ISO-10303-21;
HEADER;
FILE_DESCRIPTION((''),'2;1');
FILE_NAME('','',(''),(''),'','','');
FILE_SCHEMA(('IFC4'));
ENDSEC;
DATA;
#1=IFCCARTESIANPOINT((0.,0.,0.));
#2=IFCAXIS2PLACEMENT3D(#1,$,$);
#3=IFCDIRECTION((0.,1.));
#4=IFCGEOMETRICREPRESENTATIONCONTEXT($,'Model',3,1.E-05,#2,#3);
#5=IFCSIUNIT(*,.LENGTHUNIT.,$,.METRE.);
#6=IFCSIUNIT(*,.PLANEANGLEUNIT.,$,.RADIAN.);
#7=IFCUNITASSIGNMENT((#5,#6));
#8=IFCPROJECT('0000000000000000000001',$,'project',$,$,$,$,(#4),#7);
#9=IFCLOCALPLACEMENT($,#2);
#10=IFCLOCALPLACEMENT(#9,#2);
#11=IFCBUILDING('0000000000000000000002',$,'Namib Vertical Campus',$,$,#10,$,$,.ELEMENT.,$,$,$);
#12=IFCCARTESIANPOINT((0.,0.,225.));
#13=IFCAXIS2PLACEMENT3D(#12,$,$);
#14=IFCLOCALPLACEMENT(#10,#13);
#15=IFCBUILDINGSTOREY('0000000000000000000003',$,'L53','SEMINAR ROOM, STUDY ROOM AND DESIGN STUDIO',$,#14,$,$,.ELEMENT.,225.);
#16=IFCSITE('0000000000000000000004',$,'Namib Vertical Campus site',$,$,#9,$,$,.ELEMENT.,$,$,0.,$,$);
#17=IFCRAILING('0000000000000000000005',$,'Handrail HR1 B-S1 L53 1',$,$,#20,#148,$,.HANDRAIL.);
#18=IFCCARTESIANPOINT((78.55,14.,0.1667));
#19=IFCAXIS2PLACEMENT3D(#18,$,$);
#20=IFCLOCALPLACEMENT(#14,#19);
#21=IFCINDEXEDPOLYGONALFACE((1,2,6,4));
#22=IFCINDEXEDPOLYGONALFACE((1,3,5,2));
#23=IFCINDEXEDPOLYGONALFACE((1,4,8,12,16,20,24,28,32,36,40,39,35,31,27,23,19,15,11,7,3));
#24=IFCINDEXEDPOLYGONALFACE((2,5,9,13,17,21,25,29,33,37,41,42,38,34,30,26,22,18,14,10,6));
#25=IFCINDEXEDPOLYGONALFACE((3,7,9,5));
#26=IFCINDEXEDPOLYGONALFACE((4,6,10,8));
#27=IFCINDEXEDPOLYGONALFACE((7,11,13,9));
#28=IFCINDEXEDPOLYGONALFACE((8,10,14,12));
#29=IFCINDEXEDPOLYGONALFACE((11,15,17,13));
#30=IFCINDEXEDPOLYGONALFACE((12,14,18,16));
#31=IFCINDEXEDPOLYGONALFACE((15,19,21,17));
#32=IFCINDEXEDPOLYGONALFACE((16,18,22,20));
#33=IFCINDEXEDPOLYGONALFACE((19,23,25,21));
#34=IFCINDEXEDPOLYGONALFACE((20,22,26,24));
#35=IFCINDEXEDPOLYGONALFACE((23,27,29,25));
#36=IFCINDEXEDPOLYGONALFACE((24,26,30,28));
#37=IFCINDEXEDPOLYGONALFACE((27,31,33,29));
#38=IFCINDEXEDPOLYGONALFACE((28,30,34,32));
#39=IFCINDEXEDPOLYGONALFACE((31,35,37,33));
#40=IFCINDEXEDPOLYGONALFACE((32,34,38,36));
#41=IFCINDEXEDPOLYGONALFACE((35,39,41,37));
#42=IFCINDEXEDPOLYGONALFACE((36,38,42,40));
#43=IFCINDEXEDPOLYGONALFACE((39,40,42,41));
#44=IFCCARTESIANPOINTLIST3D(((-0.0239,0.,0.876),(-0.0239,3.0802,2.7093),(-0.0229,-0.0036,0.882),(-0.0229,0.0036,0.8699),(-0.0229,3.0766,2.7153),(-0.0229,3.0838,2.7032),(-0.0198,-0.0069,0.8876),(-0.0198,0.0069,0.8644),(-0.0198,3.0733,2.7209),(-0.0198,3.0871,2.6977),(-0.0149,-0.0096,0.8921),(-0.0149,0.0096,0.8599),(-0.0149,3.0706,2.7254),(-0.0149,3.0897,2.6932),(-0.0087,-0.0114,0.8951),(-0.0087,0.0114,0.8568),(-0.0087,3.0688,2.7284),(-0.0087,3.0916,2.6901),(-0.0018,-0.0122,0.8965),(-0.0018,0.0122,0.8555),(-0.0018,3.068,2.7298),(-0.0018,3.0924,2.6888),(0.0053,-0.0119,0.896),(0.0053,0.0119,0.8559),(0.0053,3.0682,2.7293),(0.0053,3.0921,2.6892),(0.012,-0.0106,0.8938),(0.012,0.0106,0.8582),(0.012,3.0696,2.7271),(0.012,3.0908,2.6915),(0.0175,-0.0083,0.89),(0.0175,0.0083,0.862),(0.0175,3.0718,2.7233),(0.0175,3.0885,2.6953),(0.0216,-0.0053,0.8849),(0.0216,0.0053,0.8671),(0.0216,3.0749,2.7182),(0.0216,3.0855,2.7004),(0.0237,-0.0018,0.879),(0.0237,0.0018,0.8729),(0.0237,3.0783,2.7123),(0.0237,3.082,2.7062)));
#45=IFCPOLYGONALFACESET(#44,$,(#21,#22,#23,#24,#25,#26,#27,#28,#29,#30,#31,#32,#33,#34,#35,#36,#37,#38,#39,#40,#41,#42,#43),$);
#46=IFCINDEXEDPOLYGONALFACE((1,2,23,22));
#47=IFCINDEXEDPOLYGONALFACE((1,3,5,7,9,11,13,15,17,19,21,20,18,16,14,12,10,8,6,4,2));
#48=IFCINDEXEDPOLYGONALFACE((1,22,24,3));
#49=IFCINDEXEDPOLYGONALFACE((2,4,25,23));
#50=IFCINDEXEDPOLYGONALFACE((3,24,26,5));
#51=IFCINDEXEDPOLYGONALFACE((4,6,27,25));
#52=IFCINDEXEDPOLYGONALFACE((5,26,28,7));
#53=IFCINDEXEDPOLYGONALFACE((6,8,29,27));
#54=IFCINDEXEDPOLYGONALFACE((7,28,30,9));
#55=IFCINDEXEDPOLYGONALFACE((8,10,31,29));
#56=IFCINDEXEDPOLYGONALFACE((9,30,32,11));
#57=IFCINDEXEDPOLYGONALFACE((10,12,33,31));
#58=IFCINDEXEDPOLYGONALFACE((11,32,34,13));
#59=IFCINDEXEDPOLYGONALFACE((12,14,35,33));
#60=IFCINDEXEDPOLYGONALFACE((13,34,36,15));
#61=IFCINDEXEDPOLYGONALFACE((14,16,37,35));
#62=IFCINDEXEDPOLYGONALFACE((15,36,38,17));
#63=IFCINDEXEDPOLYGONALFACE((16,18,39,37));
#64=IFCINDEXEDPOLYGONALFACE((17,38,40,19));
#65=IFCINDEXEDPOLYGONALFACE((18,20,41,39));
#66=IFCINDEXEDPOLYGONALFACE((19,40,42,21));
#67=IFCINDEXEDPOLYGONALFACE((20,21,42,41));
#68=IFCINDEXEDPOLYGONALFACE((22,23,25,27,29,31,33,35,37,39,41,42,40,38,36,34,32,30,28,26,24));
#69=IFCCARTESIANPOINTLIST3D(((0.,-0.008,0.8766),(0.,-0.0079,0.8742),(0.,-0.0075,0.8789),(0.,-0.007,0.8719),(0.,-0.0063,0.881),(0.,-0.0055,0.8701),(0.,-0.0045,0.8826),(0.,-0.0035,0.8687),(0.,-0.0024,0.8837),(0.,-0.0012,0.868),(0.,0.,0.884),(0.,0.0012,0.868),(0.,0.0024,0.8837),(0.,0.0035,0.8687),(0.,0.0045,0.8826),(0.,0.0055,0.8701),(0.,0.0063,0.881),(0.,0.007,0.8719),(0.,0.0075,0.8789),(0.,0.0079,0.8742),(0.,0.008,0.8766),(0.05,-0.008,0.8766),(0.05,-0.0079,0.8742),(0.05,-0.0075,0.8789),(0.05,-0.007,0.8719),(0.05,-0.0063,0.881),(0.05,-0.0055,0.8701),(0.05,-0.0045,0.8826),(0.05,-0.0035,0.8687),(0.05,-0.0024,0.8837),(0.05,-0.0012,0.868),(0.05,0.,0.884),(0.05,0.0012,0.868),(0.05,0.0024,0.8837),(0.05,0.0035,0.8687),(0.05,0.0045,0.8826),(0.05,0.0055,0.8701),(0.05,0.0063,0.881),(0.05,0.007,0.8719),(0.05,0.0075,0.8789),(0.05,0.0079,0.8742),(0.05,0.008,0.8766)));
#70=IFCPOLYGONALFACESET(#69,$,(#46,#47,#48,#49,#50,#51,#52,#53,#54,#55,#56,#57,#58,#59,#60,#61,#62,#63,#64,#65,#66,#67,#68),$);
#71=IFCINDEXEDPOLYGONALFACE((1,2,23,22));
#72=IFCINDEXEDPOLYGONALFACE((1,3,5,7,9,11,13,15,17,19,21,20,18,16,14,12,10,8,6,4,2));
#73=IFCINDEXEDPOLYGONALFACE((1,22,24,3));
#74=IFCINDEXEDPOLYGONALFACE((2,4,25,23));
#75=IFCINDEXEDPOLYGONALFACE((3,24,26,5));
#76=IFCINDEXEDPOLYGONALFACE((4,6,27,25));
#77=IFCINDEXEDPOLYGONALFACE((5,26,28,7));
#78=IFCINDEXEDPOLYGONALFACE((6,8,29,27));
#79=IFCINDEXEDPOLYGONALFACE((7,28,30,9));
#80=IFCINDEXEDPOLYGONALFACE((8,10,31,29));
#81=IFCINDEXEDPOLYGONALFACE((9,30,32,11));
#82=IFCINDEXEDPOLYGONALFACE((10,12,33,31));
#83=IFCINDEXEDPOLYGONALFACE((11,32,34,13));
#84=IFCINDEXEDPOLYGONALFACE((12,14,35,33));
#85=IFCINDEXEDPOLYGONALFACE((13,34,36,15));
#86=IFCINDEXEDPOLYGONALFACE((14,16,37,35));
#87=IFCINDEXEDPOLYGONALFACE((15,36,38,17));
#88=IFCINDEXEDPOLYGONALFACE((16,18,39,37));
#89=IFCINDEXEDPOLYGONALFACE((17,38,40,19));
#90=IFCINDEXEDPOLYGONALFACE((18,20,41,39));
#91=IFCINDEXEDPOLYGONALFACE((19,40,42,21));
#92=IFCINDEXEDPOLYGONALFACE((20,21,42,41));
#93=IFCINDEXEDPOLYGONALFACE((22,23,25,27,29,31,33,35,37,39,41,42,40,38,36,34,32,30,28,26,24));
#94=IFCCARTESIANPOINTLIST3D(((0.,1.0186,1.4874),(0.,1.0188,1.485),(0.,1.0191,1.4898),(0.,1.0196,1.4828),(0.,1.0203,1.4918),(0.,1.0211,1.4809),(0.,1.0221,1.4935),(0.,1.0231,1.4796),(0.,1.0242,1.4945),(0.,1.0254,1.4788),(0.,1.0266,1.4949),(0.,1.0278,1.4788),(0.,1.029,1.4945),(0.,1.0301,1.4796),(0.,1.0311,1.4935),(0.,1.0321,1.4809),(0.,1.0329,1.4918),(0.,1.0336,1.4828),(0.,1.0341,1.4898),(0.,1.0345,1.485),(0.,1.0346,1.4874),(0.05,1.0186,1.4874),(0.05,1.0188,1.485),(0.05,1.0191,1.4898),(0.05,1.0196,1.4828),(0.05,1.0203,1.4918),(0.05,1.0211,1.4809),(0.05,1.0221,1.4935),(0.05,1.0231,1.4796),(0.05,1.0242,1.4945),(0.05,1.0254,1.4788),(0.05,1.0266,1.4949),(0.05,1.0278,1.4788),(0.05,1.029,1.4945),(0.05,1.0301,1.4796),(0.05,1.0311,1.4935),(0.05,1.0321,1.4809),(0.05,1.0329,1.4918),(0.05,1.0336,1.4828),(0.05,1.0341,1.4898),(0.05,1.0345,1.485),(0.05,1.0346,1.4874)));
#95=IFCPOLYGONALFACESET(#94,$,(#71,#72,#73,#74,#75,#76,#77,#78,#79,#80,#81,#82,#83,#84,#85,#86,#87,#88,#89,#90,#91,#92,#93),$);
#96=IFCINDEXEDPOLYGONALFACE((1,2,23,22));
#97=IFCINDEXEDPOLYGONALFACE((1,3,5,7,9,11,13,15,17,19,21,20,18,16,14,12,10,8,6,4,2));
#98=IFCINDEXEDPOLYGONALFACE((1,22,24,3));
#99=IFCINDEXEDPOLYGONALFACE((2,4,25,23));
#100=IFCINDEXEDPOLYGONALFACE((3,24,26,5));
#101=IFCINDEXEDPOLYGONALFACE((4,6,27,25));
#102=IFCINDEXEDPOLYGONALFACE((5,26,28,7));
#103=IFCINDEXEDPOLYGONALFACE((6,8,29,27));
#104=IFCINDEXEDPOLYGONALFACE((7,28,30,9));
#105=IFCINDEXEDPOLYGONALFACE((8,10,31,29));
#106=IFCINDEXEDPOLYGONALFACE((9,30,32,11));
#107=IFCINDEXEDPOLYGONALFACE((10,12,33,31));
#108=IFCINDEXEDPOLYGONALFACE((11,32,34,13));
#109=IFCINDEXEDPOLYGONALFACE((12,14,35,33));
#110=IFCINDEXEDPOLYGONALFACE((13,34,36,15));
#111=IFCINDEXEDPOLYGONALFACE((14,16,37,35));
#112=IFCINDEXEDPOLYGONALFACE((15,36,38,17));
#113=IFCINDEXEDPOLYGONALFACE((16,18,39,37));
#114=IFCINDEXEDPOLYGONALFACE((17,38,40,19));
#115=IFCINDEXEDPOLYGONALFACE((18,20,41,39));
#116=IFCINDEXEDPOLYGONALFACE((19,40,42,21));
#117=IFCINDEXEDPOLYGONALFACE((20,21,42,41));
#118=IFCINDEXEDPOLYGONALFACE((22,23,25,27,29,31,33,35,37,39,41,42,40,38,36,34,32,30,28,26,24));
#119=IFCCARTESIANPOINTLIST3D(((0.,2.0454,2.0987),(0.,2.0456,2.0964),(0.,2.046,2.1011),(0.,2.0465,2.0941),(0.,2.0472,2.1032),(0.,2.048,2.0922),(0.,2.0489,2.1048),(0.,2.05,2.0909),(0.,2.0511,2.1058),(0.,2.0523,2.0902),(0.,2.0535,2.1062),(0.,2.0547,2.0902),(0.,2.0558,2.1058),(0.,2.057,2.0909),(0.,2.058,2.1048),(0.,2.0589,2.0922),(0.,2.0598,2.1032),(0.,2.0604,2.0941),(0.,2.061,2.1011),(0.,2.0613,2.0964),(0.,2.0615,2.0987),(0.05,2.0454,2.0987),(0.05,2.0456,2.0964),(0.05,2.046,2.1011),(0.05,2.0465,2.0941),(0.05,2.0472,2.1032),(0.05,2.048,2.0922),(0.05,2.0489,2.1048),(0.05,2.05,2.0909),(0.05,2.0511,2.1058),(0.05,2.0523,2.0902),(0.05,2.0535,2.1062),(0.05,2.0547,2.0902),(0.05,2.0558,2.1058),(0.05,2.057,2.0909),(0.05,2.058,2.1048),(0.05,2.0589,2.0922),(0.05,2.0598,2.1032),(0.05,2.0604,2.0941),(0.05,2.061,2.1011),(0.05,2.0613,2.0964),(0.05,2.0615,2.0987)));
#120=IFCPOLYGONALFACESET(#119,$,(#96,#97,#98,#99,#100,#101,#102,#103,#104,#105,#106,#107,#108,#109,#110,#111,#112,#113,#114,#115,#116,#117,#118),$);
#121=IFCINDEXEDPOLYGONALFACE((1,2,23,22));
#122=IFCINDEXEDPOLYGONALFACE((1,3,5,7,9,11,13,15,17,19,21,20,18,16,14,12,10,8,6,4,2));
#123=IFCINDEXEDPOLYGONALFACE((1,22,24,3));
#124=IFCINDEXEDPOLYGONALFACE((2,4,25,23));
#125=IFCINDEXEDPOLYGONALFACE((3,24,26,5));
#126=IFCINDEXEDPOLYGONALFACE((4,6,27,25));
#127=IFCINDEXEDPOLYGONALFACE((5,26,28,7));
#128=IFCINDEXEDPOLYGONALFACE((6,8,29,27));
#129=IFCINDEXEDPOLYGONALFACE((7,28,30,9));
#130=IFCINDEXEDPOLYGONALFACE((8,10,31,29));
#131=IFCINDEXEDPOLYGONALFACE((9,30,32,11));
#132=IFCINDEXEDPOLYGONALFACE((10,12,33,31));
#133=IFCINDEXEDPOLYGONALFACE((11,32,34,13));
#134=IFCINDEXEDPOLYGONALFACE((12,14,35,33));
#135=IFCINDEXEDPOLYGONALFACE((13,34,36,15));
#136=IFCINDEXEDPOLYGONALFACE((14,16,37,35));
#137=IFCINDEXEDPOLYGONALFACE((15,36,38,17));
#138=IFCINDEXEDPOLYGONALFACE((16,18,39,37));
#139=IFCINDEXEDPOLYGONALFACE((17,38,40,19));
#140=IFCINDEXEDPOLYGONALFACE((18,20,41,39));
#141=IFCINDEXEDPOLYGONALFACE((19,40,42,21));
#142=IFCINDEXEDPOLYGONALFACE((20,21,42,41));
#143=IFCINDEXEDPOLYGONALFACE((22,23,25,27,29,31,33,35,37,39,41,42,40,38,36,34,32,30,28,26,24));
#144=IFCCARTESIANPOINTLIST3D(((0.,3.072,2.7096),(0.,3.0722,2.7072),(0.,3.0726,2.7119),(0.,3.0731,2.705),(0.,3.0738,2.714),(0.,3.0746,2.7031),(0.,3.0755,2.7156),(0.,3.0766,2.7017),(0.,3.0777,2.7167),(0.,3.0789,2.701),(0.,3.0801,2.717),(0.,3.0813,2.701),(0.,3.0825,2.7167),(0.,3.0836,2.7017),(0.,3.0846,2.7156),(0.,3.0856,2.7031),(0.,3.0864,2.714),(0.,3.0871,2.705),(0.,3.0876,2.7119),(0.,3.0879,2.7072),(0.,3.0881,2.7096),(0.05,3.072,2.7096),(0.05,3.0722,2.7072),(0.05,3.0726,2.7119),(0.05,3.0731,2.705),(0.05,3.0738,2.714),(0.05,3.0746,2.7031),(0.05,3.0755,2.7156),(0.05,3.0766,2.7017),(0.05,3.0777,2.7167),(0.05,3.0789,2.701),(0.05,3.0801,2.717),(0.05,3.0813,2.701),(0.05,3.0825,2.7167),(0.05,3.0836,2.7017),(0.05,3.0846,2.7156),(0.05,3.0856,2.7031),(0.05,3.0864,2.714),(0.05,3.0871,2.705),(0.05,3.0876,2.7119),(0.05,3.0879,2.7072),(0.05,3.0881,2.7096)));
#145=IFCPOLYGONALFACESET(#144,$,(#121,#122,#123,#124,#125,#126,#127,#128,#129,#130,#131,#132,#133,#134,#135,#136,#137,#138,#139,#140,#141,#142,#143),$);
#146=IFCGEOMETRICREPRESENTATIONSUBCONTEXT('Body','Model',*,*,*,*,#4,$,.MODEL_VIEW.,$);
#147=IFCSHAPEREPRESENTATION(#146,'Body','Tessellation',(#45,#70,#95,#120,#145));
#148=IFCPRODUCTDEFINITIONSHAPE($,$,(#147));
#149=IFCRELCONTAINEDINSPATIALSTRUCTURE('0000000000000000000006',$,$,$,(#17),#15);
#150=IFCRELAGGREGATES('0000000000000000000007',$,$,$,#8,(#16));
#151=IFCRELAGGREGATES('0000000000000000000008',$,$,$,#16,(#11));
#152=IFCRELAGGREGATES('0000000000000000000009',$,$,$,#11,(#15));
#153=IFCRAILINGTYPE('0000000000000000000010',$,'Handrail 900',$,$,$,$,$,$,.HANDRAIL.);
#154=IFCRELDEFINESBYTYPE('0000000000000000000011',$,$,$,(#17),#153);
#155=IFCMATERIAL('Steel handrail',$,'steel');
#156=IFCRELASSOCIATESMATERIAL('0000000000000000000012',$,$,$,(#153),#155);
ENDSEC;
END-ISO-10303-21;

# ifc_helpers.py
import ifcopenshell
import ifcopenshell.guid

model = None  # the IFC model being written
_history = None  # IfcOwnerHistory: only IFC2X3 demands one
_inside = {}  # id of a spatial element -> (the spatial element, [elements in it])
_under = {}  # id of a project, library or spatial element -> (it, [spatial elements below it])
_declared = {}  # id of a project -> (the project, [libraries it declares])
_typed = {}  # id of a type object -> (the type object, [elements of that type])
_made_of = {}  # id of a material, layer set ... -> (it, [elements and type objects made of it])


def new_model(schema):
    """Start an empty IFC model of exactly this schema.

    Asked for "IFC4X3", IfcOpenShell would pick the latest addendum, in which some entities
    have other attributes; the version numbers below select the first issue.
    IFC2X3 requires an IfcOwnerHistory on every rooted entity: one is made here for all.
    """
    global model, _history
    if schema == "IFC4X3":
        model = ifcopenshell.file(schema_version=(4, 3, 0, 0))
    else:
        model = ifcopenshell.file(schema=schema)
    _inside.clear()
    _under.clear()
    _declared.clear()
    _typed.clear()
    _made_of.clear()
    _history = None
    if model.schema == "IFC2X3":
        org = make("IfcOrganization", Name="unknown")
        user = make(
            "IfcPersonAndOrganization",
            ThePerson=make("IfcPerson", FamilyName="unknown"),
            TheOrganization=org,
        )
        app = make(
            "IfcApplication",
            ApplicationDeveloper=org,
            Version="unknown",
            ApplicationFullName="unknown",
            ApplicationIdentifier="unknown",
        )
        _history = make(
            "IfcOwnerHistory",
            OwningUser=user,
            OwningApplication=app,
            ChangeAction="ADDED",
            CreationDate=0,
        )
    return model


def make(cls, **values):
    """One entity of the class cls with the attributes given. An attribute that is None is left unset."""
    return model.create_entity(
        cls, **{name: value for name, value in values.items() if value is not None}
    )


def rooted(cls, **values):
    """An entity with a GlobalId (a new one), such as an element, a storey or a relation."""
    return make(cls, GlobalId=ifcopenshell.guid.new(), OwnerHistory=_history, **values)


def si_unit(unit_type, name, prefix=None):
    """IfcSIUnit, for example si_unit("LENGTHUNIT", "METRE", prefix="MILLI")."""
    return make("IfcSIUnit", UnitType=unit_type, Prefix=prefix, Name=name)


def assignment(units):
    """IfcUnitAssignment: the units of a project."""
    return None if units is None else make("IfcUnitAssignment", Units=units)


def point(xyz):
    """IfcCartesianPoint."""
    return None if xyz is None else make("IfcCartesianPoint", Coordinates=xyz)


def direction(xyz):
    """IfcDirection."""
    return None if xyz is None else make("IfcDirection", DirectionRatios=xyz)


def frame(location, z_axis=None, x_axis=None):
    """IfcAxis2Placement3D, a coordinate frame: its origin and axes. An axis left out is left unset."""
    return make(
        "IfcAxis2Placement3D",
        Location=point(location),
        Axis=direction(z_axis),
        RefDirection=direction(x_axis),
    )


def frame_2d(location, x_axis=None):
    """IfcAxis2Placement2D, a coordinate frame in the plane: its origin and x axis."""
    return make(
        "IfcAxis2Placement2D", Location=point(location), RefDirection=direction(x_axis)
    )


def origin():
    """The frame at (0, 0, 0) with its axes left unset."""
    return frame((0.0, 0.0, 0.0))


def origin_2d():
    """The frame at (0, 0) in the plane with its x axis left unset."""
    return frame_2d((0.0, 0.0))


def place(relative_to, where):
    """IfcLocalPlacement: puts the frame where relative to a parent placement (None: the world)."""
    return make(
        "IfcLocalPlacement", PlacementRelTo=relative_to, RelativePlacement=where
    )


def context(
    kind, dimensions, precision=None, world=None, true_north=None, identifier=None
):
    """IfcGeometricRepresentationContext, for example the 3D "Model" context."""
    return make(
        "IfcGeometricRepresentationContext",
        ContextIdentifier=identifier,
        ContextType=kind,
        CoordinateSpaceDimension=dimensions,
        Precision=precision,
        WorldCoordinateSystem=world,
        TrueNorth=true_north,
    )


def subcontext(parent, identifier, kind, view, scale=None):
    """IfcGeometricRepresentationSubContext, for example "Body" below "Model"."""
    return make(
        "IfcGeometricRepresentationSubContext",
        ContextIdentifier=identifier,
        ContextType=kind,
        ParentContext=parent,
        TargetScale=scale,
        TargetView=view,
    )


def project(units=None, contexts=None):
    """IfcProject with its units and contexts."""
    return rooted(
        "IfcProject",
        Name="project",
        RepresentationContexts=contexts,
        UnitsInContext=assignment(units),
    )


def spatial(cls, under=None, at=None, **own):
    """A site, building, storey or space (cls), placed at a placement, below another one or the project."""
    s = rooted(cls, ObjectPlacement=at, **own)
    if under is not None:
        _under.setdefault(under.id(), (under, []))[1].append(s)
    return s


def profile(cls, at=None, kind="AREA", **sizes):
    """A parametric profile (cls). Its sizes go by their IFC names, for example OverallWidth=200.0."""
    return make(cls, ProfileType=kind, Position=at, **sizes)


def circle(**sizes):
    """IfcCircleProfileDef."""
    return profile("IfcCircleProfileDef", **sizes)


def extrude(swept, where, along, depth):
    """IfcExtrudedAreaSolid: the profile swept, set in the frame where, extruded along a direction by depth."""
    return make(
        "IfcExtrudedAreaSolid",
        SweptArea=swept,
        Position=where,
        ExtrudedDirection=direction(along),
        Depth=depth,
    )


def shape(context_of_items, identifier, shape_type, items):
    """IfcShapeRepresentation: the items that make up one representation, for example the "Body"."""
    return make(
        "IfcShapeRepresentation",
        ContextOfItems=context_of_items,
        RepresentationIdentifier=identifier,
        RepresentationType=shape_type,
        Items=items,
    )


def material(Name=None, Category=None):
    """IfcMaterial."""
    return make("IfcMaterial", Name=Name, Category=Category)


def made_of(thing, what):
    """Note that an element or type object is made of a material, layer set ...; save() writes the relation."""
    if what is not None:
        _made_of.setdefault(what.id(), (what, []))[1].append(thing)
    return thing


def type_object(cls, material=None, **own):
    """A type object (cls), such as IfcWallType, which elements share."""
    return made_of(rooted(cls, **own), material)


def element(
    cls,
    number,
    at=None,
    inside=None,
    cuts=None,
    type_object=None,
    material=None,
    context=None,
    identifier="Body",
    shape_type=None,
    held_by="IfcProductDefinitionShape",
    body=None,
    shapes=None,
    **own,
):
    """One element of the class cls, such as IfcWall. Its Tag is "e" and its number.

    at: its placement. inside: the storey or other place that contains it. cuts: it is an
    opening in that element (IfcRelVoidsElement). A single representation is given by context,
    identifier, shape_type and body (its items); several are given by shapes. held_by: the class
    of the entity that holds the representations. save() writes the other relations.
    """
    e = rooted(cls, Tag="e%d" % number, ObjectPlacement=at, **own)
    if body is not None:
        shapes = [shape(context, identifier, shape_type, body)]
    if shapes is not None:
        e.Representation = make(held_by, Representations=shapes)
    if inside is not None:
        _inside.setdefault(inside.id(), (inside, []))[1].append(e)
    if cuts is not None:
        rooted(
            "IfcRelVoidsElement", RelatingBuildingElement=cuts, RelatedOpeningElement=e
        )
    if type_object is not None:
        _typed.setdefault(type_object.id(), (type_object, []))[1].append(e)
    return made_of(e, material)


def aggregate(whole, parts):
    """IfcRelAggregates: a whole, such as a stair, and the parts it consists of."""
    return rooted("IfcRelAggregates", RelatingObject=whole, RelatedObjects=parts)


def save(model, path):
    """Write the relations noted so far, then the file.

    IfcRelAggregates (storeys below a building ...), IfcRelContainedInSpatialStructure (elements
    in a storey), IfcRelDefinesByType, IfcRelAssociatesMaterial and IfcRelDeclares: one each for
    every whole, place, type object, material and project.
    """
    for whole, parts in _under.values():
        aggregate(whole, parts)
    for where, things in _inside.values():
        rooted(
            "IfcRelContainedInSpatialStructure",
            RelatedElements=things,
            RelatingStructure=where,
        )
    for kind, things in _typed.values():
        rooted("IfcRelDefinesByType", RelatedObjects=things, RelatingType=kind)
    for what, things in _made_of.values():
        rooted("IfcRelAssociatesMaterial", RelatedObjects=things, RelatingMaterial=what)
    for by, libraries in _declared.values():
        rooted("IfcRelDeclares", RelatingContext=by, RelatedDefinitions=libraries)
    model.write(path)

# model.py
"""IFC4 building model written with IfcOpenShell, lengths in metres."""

from ifc_helpers import new_model, si_unit, direction, frame, origin, origin_2d, place, context, subcontext, project, spatial, circle, extrude, material, type_object, element, save


model = new_model("IFC4")

# Units and contexts
model_context = context("Model", 3, precision=1e-05, world=origin(), true_north=direction((0.0, 1.0)))
body_context = subcontext(model_context, "Body", "Model", "MODEL_VIEW")
ifc_project = project(units=[si_unit("LENGTHUNIT", "METRE"), si_unit("PLANEANGLEUNIT", "RADIAN")], contexts=[model_context])

# Site, building, storey
site_placement = place(None, origin())
site = spatial("IfcSite", under=ifc_project, at=site_placement, Name="Namib Vertical Campus site", CompositionType="ELEMENT", RefElevation=0.0)
building_placement = place(site_placement, origin())
building = spatial("IfcBuilding", under=site, at=building_placement, Name="Namib Vertical Campus", CompositionType="ELEMENT")
storey_placement = place(building_placement, frame((0.0, 0.0, 225.0)))
storey = spatial("IfcBuildingStorey", under=building, at=storey_placement, Name="L53", Description="SEMINAR ROOM, STUDY ROOM AND DESIGN STUDIO", CompositionType="ELEMENT", Elevation=225.0)

# Railing
ifc_material_1 = material(Name="Steel handrail", Category="steel")
railing_type_1 = type_object("IfcRailingType", Name="Handrail 900", PredefinedType="HANDRAIL", material=ifc_material_1)
railing_1_placement = place(storey_placement, frame((78.55, 14.0, 0.1667)))
element("IfcRailing", 1, at=railing_1_placement, inside=storey, type_object=railing_type_1, Name="Handrail HR1 B-S1 L53 1", PredefinedType="HANDRAIL", context=body_context, shape_type="SweptSolid", body=[
    extrude(circle(Radius=0.0239, at=origin_2d()), frame((0.0, 0.0, 0.876), z_axis=(0.0, 0.859309, 0.511458), x_axis=(-1.0, 0.0, 0.0)), (0.0, 0.0, 1.0), 3.5845),
    extrude(circle(Radius=0.0081, at=origin_2d()), frame((0.0, 0.0, 0.876), z_axis=(1.0, 0.0, 0.0), x_axis=(0.0, 0.0, 1.0)), (0.0, 0.0, 1.0), 0.05),
    extrude(circle(Radius=0.0081, at=origin_2d()), frame((0.0, 1.0266, 1.4868), z_axis=(1.0, 0.0, 0.0), x_axis=(0.0, 0.0, 1.0)), (0.0, 0.0, 1.0), 0.05),
    extrude(circle(Radius=0.0081, at=origin_2d()), frame((0.0, 2.0535, 2.0981), z_axis=(1.0, 0.0, 0.0), x_axis=(0.0, 0.0, 1.0)), (0.0, 0.0, 1.0), 0.05),
    extrude(circle(Radius=0.0081, at=origin_2d()), frame((0.0, 3.0801, 2.709), z_axis=(1.0, 0.0, 0.0), x_axis=(0.0, 0.0, 1.0)), (0.0, 0.0, 1.0), 0.05),
])

save(model, "model.ifc")
